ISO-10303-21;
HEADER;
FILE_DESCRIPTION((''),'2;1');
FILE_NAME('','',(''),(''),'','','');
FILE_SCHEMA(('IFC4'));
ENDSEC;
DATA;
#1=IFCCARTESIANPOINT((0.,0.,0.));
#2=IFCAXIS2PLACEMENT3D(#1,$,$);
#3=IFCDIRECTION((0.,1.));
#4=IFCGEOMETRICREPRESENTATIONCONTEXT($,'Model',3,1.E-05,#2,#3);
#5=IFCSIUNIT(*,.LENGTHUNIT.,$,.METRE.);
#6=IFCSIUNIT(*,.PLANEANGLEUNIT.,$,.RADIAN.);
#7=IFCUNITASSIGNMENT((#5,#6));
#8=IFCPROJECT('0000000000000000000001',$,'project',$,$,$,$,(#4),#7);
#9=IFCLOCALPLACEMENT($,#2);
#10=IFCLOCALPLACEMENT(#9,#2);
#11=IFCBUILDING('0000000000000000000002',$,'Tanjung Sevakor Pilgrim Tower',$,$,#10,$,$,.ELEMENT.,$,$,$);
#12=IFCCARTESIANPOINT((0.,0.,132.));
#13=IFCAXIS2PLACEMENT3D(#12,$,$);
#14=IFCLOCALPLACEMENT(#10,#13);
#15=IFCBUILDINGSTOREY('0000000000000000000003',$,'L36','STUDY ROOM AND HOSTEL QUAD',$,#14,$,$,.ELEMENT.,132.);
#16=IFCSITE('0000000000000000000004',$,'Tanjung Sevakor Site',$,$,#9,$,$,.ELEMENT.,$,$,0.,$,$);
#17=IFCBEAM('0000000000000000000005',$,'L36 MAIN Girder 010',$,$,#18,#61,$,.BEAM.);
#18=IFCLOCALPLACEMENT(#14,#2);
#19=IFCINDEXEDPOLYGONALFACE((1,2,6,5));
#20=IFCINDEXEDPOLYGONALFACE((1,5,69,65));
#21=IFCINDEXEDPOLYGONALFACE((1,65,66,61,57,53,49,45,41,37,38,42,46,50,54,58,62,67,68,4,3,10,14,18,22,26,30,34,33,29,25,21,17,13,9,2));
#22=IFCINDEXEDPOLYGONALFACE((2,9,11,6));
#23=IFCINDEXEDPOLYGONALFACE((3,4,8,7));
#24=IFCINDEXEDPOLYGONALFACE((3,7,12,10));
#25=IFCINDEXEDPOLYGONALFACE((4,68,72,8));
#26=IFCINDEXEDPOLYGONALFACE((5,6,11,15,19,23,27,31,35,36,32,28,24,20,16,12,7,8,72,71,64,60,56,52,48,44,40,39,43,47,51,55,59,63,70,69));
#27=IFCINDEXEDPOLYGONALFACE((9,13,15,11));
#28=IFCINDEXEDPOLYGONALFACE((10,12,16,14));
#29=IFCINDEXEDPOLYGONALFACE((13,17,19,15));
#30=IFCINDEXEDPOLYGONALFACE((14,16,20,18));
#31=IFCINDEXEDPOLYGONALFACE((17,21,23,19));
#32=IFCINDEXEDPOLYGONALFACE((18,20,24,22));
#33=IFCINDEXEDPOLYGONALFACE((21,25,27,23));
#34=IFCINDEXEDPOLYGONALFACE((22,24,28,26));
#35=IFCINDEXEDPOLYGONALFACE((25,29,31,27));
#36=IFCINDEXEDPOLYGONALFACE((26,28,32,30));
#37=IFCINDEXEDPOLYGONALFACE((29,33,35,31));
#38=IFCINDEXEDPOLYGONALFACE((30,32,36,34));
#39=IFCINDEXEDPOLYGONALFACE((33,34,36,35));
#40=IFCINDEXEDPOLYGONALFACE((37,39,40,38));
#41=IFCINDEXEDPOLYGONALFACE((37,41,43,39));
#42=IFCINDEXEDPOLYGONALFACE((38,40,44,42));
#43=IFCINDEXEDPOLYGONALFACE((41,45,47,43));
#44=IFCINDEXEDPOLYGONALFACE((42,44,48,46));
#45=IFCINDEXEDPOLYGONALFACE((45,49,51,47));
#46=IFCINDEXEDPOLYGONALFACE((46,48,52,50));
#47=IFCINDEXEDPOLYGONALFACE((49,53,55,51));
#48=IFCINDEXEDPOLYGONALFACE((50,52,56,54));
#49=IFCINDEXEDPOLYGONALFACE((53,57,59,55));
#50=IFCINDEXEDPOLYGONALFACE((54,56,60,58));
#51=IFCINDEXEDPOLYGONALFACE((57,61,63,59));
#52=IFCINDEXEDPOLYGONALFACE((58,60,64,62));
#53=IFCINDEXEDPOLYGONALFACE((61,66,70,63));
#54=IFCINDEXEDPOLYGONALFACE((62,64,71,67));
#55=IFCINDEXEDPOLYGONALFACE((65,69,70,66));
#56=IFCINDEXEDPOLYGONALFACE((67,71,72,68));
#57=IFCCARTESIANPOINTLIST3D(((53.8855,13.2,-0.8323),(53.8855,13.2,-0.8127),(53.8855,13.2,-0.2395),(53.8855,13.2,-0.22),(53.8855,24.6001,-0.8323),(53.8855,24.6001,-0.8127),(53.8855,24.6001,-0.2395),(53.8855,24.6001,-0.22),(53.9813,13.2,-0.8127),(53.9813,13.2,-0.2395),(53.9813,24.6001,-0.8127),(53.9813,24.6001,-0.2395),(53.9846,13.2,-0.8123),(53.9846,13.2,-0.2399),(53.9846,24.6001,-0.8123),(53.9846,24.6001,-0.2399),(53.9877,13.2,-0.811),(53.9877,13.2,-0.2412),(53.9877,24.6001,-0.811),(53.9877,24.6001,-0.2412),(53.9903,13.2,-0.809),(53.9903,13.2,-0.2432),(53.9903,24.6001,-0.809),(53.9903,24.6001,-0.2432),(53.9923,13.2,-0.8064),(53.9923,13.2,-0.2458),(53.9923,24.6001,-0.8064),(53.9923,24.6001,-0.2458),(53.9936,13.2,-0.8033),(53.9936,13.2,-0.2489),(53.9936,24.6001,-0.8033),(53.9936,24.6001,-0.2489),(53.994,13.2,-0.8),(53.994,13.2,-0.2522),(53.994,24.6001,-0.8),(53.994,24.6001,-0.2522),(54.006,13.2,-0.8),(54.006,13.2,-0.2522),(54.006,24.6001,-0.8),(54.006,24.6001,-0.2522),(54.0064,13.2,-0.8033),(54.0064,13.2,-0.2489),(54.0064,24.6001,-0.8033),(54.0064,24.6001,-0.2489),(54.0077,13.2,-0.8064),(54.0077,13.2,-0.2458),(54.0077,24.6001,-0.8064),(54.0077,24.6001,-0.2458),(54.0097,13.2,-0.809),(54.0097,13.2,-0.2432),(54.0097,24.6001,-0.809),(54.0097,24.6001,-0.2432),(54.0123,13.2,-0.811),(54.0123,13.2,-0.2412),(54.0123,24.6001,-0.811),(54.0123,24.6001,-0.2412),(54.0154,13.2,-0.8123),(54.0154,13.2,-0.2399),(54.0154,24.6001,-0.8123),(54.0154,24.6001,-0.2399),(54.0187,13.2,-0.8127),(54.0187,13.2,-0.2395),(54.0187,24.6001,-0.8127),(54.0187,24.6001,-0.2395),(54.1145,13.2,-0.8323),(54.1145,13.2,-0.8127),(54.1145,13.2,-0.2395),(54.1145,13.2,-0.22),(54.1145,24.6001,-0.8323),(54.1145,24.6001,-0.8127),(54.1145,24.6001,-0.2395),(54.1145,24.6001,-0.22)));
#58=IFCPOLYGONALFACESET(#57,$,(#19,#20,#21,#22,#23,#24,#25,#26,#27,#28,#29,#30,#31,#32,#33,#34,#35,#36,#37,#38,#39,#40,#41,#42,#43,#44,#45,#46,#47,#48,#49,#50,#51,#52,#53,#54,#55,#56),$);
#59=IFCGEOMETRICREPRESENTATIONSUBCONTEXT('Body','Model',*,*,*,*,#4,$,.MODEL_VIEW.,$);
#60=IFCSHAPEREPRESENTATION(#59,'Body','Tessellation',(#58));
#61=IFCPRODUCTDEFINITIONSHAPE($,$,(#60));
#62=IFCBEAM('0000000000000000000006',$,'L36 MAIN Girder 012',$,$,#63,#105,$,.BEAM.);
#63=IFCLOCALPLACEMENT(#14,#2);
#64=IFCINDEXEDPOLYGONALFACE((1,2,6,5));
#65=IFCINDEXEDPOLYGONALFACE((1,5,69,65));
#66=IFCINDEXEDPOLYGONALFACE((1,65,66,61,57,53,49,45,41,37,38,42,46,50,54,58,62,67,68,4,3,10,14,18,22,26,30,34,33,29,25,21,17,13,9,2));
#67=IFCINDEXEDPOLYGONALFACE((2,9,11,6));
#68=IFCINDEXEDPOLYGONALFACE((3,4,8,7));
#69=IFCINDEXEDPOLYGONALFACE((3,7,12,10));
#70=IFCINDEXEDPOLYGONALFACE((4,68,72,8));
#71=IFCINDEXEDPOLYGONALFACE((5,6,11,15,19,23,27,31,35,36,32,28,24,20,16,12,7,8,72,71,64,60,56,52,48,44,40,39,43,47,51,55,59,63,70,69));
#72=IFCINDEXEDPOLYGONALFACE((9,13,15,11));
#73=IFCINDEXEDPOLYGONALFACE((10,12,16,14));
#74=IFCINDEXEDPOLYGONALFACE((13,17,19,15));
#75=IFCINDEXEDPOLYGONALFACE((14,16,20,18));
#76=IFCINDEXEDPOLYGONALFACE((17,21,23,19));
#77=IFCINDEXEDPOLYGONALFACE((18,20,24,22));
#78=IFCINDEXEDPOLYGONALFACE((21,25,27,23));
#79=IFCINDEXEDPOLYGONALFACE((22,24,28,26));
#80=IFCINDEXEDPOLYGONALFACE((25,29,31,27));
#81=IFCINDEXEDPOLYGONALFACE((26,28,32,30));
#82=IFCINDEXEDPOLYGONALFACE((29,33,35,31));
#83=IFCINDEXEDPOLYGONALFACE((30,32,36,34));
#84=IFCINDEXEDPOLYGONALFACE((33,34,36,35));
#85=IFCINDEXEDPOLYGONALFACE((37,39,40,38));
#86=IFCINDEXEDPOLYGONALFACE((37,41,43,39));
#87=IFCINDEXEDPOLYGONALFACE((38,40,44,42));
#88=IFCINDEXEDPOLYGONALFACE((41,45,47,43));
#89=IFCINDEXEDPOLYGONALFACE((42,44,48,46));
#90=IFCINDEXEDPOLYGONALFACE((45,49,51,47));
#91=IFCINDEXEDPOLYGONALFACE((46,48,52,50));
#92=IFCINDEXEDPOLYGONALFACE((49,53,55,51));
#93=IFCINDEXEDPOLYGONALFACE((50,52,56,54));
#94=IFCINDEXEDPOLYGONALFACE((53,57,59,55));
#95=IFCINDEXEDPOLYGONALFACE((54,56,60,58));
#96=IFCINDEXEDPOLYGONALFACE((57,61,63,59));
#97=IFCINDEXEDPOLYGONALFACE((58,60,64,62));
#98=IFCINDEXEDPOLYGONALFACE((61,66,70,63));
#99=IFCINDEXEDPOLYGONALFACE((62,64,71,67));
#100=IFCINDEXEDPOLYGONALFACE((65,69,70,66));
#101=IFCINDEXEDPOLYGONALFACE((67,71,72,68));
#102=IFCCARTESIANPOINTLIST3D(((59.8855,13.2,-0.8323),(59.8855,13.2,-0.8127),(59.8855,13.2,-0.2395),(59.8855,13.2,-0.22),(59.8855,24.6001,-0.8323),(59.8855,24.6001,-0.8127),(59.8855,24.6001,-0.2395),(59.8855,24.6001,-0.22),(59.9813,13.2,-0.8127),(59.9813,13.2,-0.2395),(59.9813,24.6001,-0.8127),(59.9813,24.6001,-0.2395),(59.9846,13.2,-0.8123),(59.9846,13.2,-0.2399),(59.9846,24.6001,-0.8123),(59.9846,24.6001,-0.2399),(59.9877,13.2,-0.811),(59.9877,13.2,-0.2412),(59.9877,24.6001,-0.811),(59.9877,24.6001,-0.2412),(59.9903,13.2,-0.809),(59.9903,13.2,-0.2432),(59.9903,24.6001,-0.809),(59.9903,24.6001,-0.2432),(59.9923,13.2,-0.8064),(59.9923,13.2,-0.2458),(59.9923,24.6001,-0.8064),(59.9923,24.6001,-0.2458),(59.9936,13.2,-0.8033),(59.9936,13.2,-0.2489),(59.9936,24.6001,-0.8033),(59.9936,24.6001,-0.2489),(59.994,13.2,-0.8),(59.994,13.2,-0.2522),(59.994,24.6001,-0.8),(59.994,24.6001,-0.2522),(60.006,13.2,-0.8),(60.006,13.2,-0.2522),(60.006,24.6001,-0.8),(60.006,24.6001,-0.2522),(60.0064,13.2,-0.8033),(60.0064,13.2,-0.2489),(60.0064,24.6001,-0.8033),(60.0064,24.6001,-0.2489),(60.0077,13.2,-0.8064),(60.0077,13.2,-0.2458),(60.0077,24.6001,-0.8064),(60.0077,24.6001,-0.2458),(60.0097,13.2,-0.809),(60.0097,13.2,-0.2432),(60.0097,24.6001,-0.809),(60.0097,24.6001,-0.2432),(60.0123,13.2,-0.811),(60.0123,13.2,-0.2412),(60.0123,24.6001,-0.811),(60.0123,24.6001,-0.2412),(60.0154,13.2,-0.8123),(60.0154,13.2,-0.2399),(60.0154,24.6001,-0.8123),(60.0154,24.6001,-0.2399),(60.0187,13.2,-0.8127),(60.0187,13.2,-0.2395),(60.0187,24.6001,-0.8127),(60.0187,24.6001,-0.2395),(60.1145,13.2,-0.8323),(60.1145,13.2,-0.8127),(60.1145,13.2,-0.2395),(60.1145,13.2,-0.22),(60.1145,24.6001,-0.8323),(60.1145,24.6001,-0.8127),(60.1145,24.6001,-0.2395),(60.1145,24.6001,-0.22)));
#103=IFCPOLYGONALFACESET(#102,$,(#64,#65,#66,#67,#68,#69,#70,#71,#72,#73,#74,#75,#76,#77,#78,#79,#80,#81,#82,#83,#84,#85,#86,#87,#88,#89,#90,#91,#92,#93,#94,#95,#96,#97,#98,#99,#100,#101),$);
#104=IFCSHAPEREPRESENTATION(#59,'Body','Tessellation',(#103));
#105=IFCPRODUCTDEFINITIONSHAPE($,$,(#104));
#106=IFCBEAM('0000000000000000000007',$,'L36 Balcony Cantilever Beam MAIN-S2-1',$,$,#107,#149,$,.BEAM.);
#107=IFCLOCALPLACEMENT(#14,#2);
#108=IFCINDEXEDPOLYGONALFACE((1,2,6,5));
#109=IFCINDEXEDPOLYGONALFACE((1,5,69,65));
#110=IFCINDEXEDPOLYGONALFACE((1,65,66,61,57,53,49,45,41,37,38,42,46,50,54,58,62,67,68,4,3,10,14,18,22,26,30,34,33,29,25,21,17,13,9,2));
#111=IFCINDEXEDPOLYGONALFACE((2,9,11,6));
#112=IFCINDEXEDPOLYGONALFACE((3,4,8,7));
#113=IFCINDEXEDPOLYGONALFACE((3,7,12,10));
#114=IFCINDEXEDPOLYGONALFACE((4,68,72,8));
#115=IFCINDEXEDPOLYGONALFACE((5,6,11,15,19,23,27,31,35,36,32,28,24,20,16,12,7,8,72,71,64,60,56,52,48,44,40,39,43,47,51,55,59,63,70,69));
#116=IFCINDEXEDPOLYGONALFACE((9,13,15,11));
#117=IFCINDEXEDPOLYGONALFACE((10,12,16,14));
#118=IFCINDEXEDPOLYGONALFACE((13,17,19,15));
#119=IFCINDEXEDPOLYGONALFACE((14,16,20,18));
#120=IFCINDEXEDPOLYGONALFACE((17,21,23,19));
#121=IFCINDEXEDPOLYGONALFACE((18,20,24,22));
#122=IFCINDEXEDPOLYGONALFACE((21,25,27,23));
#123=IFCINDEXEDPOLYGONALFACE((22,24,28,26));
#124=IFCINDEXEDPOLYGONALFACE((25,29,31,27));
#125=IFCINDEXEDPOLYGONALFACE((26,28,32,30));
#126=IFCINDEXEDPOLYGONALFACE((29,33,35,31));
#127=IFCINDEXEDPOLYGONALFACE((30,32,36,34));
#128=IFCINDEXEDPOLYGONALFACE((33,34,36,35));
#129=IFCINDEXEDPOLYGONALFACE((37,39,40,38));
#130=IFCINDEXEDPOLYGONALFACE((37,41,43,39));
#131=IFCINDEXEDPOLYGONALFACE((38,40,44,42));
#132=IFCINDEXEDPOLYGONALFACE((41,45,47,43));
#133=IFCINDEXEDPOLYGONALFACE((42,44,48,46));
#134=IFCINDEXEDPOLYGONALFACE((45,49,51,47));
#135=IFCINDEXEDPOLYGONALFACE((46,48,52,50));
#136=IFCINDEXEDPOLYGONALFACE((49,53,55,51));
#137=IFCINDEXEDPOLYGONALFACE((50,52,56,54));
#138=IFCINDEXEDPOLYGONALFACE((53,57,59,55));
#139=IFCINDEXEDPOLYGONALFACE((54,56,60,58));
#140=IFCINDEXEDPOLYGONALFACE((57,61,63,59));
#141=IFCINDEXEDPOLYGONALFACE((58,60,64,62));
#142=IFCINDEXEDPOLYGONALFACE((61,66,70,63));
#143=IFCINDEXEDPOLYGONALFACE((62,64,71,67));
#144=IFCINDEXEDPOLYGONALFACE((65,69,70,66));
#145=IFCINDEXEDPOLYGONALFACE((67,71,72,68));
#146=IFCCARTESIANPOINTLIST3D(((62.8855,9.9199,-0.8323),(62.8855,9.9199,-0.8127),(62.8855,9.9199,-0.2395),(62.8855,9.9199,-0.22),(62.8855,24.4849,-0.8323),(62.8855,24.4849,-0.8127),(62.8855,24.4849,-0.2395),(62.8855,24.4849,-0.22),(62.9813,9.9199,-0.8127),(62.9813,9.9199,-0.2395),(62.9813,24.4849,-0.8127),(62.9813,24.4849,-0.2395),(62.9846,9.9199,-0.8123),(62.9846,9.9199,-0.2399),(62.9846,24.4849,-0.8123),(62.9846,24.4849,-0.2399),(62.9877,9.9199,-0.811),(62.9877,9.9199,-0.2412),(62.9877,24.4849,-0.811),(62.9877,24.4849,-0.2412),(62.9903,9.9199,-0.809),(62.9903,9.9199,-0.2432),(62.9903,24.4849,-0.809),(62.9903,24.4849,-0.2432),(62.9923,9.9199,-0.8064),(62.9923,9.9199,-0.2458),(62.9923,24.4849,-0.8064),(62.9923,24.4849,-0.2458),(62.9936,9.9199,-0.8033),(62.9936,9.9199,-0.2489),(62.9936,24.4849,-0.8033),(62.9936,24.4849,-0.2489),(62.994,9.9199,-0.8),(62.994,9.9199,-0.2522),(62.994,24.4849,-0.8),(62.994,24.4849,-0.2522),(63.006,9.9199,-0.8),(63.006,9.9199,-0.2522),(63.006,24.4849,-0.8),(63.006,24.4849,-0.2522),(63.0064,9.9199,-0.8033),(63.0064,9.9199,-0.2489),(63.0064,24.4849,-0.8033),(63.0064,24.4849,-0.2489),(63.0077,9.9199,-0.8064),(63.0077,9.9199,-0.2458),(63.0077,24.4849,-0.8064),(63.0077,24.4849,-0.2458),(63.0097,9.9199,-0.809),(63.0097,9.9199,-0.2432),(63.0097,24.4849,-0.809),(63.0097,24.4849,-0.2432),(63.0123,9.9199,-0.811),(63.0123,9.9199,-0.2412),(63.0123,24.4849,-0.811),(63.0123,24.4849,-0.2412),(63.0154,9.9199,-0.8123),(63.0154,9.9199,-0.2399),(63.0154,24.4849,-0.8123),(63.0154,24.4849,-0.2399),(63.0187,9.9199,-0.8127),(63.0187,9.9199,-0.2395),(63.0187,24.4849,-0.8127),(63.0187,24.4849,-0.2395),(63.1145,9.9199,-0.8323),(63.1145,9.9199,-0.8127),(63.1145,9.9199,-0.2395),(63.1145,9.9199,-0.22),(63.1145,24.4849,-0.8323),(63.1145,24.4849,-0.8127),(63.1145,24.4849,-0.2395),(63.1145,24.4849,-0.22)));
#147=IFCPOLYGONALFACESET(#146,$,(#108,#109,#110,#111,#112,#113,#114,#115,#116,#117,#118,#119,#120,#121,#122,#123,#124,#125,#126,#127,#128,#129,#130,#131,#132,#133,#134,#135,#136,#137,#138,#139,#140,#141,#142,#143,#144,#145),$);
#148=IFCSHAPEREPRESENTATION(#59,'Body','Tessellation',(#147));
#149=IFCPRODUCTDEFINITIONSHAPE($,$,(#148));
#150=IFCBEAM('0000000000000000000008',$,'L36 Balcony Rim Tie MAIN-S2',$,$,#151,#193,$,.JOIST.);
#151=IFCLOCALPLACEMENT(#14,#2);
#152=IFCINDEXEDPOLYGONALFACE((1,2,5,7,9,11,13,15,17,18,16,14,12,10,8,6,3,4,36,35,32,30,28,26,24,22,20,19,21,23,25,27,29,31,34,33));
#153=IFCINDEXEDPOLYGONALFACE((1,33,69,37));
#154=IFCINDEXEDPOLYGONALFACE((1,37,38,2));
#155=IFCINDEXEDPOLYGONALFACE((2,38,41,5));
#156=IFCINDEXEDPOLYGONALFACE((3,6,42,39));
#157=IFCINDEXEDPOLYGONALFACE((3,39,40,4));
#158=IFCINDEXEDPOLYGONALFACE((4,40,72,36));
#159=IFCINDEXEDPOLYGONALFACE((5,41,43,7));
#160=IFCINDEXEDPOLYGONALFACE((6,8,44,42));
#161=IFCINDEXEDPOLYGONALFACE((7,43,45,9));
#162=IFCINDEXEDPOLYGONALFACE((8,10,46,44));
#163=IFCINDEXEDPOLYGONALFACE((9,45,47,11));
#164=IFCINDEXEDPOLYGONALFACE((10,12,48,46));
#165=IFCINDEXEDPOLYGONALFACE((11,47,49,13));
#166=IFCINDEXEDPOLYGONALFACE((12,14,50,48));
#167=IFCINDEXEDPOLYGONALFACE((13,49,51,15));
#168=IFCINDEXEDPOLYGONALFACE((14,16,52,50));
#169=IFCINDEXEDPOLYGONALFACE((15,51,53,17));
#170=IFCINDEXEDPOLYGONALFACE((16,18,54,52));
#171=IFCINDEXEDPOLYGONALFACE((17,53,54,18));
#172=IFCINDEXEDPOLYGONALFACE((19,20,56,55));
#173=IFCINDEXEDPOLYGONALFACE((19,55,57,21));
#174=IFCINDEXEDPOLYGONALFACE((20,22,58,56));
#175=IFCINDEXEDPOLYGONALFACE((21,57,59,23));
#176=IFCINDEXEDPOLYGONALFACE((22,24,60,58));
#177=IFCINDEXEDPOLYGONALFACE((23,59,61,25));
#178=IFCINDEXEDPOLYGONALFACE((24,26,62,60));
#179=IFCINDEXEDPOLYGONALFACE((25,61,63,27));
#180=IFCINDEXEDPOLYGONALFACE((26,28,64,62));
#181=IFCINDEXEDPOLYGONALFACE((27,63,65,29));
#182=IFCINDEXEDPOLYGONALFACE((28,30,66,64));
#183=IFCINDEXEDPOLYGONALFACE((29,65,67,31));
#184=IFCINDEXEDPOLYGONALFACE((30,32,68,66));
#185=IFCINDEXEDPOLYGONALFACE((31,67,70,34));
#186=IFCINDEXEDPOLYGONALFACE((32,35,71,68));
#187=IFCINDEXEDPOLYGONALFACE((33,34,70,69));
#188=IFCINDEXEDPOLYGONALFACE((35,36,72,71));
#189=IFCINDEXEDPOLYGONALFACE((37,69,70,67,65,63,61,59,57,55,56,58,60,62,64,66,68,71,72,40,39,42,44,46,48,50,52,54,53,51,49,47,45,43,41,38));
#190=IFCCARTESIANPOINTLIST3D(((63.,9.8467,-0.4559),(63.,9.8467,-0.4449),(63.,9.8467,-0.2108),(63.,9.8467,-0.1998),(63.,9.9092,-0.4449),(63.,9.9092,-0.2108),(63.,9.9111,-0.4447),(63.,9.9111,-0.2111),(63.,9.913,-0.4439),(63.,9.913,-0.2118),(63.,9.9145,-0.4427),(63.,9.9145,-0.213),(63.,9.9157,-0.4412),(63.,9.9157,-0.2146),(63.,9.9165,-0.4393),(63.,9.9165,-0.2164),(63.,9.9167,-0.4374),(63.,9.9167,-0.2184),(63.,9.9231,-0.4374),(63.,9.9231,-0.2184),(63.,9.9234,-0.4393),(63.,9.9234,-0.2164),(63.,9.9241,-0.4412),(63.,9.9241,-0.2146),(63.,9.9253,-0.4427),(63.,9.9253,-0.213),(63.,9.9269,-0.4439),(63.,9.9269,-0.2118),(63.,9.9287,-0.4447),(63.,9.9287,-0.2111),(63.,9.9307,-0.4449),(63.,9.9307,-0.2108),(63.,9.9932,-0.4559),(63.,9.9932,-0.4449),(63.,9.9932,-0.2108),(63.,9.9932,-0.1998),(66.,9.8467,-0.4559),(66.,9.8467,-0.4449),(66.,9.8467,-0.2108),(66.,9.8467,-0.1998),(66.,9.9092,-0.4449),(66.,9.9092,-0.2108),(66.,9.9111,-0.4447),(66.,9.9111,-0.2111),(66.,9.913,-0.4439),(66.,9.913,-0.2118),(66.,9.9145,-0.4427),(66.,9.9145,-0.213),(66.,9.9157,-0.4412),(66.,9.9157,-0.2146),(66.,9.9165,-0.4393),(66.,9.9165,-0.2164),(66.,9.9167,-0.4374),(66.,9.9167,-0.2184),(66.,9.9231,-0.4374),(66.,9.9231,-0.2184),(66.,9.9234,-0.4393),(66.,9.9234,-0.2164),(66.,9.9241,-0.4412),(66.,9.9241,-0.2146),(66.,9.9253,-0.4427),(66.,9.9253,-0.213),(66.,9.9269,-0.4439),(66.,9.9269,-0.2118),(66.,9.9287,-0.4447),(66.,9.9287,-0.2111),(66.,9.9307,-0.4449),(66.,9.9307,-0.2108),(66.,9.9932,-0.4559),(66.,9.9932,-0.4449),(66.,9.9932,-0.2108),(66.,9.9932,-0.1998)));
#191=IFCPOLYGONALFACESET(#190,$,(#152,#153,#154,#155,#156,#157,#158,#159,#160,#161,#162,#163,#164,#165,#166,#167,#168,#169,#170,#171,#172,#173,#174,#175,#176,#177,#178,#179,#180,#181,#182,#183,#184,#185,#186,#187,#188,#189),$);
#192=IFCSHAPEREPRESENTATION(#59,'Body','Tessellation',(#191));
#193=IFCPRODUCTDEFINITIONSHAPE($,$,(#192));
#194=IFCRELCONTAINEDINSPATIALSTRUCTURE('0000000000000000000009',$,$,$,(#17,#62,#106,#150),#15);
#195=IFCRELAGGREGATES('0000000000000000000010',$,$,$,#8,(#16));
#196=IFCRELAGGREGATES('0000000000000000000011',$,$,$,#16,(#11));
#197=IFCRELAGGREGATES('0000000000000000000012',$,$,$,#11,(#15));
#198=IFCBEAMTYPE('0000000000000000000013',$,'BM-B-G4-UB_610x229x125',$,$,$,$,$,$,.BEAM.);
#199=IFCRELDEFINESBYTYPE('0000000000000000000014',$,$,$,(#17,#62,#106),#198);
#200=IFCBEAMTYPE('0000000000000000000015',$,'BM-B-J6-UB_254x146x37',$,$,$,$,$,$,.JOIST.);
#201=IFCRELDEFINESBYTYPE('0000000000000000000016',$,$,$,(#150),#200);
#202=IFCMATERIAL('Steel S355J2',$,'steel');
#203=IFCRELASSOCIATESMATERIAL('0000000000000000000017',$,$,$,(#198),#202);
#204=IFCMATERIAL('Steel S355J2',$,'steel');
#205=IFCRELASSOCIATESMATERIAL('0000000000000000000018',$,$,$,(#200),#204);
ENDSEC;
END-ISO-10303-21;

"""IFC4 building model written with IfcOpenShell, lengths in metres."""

from ifc_helpers import new_model, si_unit, direction, frame, origin, origin_2d, place, context, subcontext, project, spatial, i_section, extrude, material, material_profile, profile_set, type_object, element, save


model = new_model("IFC4")

# Units and contexts
model_context = context("Model", 3, precision=1e-05, world=origin(), true_north=direction((0.0, 1.0)))
body_context = subcontext(model_context, "Body", "Model", "MODEL_VIEW")
ifc_project = project(units=[si_unit("LENGTHUNIT", "METRE"), si_unit("PLANEANGLEUNIT", "RADIAN")], contexts=[model_context])

# Site, building, storey
site_placement = place(None, origin())
site = spatial("IfcSite", under=ifc_project, at=site_placement, Name="Tanjung Sevakor Site", CompositionType="ELEMENT", RefElevation=0.0)
building_placement = place(site_placement, origin())
building = spatial("IfcBuilding", under=site, at=building_placement, Name="Tanjung Sevakor Pilgrim Tower", CompositionType="ELEMENT")
storey_placement = place(building_placement, frame((0.0, 0.0, 132.0)))
storey = spatial("IfcBuildingStorey", under=building, at=storey_placement, Name="L36", Description="STUDY ROOM AND HOSTEL QUAD", CompositionType="ELEMENT", Elevation=132.0)

# Beams
ifc_material_1 = material(Name="Steel S355J2", Category="steel")
ifc_material_profile_1 = material_profile(ifc_material_1, i_section(OverallWidth=0.229, OverallDepth=0.6123, WebThickness=0.012, FlangeThickness=0.0195, FilletRadius=0.0127, at=origin_2d()))
ifc_profile_set_1 = profile_set([ifc_material_profile_1], Name="Steel S355J2")
beam_type_1 = type_object("IfcBeamType", Name="BM-B-G4-UB_610x229x125", PredefinedType="BEAM", material=ifc_profile_set_1)
for number, where, z_axis, x_axis, name in (
    (1, (54.0, 13.2, -0.5261), (0.0, 1.0, 0.0), (-1.0, 0.0, 0.0), "L36 MAIN Girder 010"),
    (2, (60.0, 13.2, -0.5261), (0.0, 1.0, 0.0), (-1.0, 0.0, 0.0), "L36 MAIN Girder 012"),
):
    element("IfcBeam", number, at=place(storey_placement, frame(where, z_axis=z_axis, x_axis=x_axis)), inside=storey, type_object=beam_type_1, Name=name, PredefinedType="BEAM", context=body_context, shape_type="SweptSolid", body=[
        extrude(i_section(OverallWidth=0.229, OverallDepth=0.6123, WebThickness=0.012, FlangeThickness=0.0195, FilletRadius=0.0127, at=origin_2d()), origin(), (0.0, 0.0, 1.0), 11.4001),
    ])
beam_1_placement = place(storey_placement, frame((63.0, 24.4849, -0.5261), z_axis=(0.0, -1.0, 0.0), x_axis=(1.0, 0.0, 0.0)))
element("IfcBeam", 3, at=beam_1_placement, inside=storey, type_object=beam_type_1, Name="L36 Balcony Cantilever Beam MAIN-S2-1", PredefinedType="BEAM", context=body_context, shape_type="SweptSolid", body=[
    extrude(i_section(OverallWidth=0.229, OverallDepth=0.6123, WebThickness=0.012, FlangeThickness=0.0195, FilletRadius=0.0127, at=origin_2d()), origin(), (0.0, 0.0, 1.0), 14.5649),
])
ifc_material_2 = material(Name="Steel S355J2", Category="steel")
ifc_material_profile_2 = material_profile(ifc_material_2, i_section(OverallWidth=0.1465, OverallDepth=0.2561, WebThickness=0.0063, FlangeThickness=0.011, FilletRadius=0.0076, at=origin_2d()))
ifc_profile_set_2 = profile_set([ifc_material_profile_2], Name="Steel S355J2")
beam_type_2 = type_object("IfcBeamType", Name="BM-B-J6-UB_254x146x37", PredefinedType="JOIST", material=ifc_profile_set_2)
beam_2_placement = place(storey_placement, frame((63.0, 9.9199, -0.3279), z_axis=(1.0, 0.0, 0.0), x_axis=(0.0, 1.0, 0.0)))
element("IfcBeam", 4, at=beam_2_placement, inside=storey, type_object=beam_type_2, Name="L36 Balcony Rim Tie MAIN-S2", PredefinedType="JOIST", context=body_context, shape_type="SweptSolid", body=[
    extrude(i_section(OverallWidth=0.1465, OverallDepth=0.2561, WebThickness=0.0063, FlangeThickness=0.011, FilletRadius=0.0076, at=origin_2d()), origin(), (0.0, 0.0, 1.0), 3.0),
])

save(model, "model.ifc")
